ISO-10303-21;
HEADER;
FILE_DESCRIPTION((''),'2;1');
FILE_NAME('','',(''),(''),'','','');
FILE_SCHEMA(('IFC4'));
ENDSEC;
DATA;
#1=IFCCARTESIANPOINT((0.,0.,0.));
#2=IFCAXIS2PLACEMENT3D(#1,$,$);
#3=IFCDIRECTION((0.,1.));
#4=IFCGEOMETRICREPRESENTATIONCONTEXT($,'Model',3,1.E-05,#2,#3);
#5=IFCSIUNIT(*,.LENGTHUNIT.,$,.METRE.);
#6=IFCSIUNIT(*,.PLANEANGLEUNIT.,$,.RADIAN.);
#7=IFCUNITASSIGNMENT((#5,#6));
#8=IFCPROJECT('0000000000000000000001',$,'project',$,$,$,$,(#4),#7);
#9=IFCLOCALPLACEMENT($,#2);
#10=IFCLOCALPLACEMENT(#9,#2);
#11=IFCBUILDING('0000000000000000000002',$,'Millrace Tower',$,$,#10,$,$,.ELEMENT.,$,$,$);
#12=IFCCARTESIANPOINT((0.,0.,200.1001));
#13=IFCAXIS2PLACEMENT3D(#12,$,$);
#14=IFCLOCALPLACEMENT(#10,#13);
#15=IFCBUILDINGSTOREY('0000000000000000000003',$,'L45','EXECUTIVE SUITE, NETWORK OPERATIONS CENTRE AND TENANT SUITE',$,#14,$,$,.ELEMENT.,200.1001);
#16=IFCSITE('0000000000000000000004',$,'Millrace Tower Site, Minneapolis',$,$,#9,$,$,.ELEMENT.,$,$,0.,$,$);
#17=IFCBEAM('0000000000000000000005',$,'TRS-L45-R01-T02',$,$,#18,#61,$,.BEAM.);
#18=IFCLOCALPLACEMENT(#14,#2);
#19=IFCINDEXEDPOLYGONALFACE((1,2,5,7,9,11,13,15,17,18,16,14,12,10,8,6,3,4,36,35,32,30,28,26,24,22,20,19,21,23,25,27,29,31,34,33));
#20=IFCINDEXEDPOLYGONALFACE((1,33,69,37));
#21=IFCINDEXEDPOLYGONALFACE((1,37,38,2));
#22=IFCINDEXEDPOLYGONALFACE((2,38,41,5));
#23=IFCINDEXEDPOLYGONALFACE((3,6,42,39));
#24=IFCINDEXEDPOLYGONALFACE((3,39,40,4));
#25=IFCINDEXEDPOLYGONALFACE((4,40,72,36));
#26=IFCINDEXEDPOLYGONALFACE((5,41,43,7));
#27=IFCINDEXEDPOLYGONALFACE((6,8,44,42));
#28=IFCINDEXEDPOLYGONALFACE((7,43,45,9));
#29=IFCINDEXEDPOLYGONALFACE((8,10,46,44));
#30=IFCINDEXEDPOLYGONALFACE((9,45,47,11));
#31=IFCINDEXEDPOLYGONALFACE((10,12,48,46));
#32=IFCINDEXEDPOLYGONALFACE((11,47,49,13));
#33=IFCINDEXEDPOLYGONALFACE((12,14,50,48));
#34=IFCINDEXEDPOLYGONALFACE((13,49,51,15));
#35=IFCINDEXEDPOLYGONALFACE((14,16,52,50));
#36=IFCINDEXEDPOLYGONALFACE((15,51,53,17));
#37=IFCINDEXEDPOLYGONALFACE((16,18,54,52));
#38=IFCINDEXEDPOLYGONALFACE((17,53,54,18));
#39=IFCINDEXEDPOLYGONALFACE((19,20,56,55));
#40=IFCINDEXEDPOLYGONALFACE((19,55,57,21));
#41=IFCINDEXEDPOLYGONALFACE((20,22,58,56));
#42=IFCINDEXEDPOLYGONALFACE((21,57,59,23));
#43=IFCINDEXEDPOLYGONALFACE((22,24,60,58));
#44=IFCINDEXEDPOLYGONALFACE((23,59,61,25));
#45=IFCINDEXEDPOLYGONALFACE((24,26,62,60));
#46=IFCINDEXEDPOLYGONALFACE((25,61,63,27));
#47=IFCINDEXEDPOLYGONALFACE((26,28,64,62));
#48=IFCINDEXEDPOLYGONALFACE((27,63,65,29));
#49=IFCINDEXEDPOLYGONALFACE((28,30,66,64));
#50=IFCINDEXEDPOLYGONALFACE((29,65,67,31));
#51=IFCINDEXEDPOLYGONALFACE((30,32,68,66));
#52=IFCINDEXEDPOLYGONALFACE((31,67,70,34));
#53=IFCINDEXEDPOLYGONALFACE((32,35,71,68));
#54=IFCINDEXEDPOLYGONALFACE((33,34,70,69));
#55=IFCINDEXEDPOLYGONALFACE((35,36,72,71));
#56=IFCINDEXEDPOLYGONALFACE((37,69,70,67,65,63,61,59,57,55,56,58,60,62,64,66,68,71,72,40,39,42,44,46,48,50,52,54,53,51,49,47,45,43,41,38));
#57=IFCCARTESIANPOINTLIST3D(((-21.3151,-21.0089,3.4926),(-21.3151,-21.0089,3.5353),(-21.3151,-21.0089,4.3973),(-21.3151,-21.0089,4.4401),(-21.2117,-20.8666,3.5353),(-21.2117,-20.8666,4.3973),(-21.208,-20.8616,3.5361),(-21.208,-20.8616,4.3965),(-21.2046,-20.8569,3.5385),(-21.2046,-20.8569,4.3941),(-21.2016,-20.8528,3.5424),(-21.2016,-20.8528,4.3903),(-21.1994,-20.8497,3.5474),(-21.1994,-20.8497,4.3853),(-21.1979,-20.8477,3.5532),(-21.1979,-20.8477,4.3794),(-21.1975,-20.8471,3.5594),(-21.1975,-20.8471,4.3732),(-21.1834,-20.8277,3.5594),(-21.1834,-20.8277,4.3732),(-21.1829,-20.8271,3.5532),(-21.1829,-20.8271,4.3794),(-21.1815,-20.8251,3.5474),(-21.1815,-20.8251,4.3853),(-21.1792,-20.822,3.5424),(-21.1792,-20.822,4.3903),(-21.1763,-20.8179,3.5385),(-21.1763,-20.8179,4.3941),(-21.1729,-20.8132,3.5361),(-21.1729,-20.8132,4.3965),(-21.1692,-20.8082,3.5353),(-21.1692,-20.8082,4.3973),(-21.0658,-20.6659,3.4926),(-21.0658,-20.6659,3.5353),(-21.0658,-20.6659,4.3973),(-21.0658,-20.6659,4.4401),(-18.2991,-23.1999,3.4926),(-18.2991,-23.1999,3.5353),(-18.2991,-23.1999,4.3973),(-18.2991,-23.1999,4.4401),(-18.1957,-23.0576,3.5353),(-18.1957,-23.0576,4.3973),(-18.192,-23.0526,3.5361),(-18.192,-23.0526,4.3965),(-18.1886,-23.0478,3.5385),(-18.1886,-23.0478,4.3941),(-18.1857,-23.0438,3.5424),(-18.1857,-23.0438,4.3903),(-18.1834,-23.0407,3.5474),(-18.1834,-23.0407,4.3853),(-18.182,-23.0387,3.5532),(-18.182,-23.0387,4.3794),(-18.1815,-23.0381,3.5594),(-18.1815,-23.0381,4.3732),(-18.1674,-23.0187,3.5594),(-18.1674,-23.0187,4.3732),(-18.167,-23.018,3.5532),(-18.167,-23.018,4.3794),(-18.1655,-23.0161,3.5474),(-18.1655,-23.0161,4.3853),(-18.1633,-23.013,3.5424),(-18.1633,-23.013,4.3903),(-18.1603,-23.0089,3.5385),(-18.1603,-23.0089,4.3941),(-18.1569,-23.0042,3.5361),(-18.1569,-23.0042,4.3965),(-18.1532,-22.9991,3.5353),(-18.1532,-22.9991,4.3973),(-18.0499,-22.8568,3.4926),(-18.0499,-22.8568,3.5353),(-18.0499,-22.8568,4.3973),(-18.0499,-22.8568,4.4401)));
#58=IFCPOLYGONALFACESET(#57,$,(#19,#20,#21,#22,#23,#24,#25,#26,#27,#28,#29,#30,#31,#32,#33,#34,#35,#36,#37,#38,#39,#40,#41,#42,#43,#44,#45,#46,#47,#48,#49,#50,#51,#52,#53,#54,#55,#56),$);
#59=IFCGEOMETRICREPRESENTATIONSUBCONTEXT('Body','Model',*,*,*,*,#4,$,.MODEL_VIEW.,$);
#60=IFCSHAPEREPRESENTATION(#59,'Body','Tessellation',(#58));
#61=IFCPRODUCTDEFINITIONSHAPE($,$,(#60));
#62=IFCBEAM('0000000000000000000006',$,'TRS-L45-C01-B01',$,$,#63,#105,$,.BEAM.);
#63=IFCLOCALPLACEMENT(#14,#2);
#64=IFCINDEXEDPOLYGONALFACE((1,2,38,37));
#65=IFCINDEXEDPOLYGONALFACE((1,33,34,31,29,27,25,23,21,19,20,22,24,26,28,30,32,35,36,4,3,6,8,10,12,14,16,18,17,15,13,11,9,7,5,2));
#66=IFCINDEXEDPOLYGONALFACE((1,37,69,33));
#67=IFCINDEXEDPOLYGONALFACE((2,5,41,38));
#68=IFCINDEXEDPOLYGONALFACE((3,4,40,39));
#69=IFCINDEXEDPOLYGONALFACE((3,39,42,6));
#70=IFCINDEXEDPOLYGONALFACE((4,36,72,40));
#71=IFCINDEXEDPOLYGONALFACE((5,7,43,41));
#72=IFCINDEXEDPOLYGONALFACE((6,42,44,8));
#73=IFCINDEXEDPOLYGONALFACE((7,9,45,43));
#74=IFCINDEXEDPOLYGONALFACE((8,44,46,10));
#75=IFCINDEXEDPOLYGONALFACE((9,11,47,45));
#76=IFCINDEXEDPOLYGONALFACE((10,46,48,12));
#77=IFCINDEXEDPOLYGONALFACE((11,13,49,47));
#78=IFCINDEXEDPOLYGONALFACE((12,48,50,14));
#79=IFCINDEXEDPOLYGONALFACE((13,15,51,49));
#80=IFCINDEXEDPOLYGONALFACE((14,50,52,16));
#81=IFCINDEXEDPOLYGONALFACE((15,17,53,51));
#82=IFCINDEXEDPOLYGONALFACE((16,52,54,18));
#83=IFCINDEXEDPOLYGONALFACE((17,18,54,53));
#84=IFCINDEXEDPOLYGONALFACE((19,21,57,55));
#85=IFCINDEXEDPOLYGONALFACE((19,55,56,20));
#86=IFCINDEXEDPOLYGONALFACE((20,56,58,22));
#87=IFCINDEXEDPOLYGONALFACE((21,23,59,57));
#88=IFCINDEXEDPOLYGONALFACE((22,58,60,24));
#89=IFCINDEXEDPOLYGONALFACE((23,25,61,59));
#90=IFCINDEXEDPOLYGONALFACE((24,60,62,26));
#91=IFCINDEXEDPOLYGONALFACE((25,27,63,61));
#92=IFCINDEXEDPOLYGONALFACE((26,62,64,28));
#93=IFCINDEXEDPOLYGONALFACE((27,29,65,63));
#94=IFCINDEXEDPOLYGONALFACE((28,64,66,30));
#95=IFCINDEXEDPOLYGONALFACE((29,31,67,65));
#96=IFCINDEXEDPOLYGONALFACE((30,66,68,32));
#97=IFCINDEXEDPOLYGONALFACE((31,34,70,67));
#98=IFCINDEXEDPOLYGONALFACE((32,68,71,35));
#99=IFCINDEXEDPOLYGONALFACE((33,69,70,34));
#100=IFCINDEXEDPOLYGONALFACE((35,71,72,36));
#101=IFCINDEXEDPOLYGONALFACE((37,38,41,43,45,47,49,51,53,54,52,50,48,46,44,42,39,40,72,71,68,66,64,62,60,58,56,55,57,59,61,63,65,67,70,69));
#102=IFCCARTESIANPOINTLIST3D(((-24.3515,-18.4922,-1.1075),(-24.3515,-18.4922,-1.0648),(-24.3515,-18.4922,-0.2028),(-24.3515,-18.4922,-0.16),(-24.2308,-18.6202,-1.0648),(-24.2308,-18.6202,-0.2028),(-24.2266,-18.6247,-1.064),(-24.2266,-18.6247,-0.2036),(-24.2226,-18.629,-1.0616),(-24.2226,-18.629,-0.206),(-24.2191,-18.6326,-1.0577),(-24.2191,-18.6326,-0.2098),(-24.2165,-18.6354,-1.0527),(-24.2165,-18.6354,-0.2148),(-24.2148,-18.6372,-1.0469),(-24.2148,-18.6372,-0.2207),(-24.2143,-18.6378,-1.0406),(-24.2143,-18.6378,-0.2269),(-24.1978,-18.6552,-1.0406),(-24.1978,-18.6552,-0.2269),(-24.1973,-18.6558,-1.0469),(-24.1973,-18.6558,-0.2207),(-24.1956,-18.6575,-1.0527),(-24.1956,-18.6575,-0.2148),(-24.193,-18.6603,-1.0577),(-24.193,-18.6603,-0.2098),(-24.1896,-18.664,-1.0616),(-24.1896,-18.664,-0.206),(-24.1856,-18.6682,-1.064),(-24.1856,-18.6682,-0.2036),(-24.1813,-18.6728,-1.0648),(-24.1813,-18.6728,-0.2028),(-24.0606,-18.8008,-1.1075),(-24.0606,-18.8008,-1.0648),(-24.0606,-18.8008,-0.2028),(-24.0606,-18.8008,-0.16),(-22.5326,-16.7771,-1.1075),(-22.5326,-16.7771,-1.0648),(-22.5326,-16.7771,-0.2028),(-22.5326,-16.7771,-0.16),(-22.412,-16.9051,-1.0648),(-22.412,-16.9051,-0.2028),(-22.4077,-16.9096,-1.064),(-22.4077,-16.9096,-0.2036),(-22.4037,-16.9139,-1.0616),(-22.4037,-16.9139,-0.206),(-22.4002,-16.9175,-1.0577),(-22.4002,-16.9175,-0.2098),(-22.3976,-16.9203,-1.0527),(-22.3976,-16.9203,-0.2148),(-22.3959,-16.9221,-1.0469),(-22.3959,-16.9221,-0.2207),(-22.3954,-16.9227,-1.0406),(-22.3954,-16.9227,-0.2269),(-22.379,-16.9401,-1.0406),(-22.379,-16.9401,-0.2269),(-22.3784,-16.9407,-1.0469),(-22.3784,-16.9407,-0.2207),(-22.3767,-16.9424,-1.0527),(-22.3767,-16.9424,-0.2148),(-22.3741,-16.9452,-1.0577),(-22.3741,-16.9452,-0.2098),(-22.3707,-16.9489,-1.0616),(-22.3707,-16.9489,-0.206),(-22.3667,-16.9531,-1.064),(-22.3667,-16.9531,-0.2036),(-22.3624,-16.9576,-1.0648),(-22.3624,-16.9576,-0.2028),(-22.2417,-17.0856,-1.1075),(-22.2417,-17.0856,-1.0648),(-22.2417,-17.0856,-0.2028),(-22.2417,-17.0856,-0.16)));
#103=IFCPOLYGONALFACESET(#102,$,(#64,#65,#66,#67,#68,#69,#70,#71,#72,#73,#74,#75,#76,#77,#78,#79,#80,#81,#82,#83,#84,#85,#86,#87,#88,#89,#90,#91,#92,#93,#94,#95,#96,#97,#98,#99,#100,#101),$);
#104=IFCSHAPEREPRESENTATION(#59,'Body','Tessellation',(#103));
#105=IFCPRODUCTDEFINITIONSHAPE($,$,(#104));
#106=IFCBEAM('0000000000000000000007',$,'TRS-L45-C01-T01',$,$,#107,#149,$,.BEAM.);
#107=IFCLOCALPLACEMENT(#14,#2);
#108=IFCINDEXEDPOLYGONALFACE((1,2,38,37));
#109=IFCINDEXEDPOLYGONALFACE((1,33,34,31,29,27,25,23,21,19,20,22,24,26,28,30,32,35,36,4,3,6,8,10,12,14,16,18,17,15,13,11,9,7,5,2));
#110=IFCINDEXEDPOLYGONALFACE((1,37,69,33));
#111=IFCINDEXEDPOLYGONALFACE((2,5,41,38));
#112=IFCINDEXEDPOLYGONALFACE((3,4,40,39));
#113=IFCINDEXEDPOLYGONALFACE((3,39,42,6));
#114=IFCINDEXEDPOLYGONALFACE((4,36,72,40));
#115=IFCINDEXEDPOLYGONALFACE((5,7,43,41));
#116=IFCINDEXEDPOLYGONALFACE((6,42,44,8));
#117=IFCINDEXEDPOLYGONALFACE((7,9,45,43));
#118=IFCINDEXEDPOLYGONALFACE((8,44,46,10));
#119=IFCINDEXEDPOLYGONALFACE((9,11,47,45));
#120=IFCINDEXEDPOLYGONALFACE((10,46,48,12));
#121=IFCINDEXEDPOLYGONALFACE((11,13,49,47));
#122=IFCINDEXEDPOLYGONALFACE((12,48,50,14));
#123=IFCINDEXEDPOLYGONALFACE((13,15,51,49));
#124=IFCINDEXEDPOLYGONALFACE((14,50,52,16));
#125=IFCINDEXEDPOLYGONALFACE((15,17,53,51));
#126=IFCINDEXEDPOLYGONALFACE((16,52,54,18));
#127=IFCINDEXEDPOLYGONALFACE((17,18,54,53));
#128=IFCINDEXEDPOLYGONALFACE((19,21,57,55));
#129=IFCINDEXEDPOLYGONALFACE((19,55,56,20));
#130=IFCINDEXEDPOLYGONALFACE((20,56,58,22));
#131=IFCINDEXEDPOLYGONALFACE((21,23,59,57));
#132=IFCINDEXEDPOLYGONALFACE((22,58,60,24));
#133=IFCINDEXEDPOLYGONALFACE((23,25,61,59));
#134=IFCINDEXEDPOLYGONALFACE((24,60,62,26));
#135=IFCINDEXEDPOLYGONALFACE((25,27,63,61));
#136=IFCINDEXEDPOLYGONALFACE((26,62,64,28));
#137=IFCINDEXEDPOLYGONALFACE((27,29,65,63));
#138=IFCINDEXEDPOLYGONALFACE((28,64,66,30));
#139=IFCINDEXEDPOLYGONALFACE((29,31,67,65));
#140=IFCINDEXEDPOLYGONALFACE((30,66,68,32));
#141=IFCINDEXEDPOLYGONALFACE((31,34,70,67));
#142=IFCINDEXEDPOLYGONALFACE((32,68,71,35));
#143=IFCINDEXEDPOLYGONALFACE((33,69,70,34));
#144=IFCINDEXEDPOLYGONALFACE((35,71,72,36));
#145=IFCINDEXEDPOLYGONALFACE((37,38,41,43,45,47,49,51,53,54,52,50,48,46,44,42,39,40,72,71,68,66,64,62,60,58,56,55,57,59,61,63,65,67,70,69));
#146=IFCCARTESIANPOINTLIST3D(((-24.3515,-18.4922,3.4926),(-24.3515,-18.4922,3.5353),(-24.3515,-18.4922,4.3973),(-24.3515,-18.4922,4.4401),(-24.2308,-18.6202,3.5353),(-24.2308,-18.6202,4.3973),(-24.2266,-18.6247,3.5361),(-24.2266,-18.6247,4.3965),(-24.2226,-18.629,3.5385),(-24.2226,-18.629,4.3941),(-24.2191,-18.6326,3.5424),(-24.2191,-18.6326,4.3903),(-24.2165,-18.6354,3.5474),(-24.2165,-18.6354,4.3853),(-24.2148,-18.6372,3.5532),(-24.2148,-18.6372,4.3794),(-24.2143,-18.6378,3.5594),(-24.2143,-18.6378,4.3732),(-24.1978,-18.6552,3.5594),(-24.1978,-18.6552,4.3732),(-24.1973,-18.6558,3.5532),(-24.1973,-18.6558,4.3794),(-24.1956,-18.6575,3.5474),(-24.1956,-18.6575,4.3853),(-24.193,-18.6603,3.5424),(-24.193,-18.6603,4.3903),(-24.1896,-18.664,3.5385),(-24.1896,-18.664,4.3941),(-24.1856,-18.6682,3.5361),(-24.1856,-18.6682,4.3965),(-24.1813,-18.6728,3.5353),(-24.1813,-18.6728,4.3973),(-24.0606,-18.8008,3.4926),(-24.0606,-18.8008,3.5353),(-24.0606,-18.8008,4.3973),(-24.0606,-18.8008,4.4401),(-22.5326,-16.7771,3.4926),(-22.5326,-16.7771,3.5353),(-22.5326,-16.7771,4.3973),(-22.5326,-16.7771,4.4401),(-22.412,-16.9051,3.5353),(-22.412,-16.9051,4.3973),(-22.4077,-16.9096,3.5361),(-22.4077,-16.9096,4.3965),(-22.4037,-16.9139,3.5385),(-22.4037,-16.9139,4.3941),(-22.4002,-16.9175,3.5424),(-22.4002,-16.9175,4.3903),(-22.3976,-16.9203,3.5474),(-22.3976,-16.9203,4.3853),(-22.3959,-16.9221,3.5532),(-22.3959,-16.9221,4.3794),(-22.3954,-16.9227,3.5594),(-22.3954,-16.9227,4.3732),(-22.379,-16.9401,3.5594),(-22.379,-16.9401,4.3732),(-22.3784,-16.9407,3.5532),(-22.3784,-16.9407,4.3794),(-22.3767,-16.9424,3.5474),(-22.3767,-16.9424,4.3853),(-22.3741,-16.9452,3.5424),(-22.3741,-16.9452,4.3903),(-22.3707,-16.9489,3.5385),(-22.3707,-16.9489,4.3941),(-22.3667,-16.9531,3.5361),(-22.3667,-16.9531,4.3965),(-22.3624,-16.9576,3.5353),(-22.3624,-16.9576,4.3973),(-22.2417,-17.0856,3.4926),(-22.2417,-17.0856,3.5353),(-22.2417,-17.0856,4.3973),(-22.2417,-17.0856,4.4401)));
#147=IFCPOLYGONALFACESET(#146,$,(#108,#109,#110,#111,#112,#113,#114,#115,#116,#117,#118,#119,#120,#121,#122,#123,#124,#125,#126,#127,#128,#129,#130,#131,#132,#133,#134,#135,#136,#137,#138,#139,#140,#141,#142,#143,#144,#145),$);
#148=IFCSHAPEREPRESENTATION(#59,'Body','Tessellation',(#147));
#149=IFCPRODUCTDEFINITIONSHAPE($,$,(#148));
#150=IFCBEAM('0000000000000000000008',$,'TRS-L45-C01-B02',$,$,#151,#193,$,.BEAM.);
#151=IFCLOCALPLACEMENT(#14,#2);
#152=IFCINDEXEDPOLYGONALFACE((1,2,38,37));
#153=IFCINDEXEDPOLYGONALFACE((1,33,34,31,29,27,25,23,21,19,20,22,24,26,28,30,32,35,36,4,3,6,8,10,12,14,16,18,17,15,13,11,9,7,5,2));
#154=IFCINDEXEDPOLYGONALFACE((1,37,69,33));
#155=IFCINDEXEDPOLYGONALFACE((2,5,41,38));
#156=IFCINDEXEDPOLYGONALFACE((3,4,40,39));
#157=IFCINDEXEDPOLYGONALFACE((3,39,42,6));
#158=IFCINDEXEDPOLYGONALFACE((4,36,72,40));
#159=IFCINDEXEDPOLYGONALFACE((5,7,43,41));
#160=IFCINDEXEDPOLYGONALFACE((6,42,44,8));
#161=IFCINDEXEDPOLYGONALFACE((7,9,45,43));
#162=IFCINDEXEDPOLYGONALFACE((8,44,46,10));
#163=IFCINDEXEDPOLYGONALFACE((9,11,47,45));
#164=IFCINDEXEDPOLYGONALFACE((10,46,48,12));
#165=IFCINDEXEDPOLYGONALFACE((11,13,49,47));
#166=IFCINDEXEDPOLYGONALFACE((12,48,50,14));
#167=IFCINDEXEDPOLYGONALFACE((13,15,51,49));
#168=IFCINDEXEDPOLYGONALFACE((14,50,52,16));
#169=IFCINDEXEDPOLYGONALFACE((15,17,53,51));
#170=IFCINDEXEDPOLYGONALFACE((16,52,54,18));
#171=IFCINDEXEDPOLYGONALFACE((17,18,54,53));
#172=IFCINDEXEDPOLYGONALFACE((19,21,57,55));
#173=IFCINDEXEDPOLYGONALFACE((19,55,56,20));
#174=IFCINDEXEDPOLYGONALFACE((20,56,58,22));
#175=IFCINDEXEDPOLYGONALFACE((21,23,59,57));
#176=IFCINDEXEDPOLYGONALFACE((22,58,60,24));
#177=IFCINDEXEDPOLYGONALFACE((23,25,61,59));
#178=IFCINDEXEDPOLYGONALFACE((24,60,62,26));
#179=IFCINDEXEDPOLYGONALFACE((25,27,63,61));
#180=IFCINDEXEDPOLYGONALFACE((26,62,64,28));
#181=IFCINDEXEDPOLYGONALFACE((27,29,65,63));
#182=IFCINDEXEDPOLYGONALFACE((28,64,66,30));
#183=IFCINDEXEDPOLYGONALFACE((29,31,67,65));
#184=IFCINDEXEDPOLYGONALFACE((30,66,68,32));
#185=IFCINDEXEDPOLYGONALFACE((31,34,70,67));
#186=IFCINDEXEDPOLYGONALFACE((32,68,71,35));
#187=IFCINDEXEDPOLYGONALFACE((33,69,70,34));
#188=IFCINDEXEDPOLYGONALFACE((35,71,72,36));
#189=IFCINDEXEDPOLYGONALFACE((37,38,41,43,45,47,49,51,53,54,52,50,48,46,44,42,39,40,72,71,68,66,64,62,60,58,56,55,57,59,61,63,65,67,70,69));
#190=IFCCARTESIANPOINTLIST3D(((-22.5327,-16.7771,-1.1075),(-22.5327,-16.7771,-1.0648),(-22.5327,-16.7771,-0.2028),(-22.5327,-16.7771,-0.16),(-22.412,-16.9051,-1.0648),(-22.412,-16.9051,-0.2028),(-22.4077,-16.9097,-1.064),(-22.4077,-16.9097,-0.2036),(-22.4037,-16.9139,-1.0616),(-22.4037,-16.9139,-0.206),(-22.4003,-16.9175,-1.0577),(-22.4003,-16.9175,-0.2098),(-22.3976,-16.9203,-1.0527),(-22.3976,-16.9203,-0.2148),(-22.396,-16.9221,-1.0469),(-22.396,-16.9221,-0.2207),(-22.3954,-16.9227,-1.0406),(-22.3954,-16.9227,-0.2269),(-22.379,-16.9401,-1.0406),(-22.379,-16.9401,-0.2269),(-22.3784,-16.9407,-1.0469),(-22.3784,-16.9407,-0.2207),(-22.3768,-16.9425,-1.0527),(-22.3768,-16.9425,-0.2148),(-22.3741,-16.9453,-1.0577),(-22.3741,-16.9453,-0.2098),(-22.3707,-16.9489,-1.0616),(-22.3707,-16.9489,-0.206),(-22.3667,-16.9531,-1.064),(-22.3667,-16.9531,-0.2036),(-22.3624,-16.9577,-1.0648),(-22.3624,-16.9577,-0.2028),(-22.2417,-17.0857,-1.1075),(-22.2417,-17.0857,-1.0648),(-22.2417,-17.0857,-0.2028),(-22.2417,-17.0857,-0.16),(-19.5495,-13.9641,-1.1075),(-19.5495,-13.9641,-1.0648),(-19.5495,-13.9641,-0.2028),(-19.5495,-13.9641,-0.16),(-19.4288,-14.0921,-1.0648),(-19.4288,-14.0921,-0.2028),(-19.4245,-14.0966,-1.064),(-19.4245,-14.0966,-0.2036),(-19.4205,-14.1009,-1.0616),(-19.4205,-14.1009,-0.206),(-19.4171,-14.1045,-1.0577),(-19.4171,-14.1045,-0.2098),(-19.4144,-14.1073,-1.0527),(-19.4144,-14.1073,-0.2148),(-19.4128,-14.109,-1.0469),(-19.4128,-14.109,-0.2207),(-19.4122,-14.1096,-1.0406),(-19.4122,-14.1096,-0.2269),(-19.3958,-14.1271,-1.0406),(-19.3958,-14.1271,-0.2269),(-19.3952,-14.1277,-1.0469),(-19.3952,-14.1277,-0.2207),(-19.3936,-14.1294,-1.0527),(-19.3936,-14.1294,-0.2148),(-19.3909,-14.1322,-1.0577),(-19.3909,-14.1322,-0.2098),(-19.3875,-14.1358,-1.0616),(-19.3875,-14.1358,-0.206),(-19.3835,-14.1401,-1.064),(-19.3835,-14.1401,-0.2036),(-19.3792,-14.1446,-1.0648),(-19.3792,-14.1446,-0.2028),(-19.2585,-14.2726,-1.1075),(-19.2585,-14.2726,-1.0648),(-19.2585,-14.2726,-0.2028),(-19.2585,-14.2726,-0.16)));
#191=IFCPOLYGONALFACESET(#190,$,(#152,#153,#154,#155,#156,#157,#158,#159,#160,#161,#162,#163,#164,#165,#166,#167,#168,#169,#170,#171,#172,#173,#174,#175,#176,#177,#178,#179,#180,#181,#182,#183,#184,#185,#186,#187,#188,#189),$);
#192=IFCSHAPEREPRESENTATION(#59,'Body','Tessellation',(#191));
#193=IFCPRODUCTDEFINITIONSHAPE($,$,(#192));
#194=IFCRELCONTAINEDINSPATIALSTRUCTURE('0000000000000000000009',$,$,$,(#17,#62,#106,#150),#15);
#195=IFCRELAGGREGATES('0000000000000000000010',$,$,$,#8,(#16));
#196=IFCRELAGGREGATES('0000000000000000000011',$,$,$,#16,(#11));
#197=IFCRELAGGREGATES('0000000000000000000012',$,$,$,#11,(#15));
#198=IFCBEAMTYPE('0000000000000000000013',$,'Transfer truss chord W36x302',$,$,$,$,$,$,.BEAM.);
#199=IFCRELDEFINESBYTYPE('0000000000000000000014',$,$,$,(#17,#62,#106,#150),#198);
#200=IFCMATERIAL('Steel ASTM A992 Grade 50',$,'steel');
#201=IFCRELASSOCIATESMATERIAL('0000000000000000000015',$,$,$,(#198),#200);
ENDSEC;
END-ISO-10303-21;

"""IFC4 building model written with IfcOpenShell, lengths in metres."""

from ifc_helpers import new_model, si_unit, direction, frame, origin, origin_2d, place, context, subcontext, project, spatial, i_section, extrude, material, material_profile, profile_set, type_object, element, save


model = new_model("IFC4")

# Units and contexts
model_context = context("Model", 3, precision=1e-05, world=origin(), true_north=direction((0.0, 1.0)))
body_context = subcontext(model_context, "Body", "Model", "MODEL_VIEW")
ifc_project = project(units=[si_unit("LENGTHUNIT", "METRE"), si_unit("PLANEANGLEUNIT", "RADIAN")], contexts=[model_context])

# Site, building, storey
site_placement = place(None, origin())
site = spatial("IfcSite", under=ifc_project, at=site_placement, Name="Millrace Tower Site, Minneapolis", CompositionType="ELEMENT", RefElevation=0.0)
building_placement = place(site_placement, origin())
building = spatial("IfcBuilding", under=site, at=building_placement, Name="Millrace Tower", CompositionType="ELEMENT")
storey_placement = place(building_placement, frame((0.0, 0.0, 200.1001)))
storey = spatial("IfcBuildingStorey", under=building, at=storey_placement, Name="L45", Description="EXECUTIVE SUITE, NETWORK OPERATIONS CENTRE AND TENANT SUITE", CompositionType="ELEMENT", Elevation=200.1001)

# Beams
ifc_material_1 = material(Name="Steel ASTM A992 Grade 50", Category="steel")
ifc_material_profile_1 = material_profile(ifc_material_1, i_section(OverallWidth=0.4241, OverallDepth=0.9475, WebThickness=0.0239, FlangeThickness=0.0427, FilletRadius=0.0242, at=origin_2d()))
ifc_profile_set_1 = profile_set([ifc_material_profile_1], Name="Steel ASTM A992 Grade 50")
beam_type_1 = type_object("IfcBeamType", Name="Transfer truss chord W36x302", PredefinedType="BEAM", material=ifc_profile_set_1)
for number, where, z_axis, x_axis, name in (
    (1, (-21.1904, -20.8374, 3.9663), (0.809048, -0.587743, 0.0), (0.587743, 0.809048, 0.0), "TRS-L45-R01-T02"),
):
    element("IfcBeam", number, at=place(storey_placement, frame(where, z_axis=z_axis, x_axis=x_axis)), inside=storey, type_object=beam_type_1, Name=name, PredefinedType="BEAM", context=body_context, shape_type="SweptSolid", body=[
        extrude(i_section(OverallWidth=0.4241, OverallDepth=0.9475, WebThickness=0.0239, FlangeThickness=0.0427, FilletRadius=0.0242, at=origin_2d()), origin(), (0.0, 0.0, 1.0), 3.7278),
    ])
for number, where, z_axis, x_axis, name in (
    (2, (-24.2061, -18.6465, -0.6338), (0.727555, 0.68605, 0.0), (-0.68605, 0.727555, 0.0), "TRS-L45-C01-B01"),
    (3, (-24.2061, -18.6465, 3.9663), (0.727555, 0.68605, 0.0), (-0.68605, 0.727555, 0.0), "TRS-L45-C01-T01"),
):
    element("IfcBeam", number, at=place(storey_placement, frame(where, z_axis=z_axis, x_axis=x_axis)), inside=storey, type_object=beam_type_1, Name=name, PredefinedType="BEAM", context=body_context, shape_type="SweptSolid", body=[
        extrude(i_section(OverallWidth=0.4241, OverallDepth=0.9475, WebThickness=0.0239, FlangeThickness=0.0427, FilletRadius=0.0242, at=origin_2d()), origin(), (0.0, 0.0, 1.0), 2.5),
    ])
for number, where, z_axis, x_axis, name in (
    (4, (-22.3872, -16.9314, -0.6338), (0.727553, 0.686052, 0.0), (-0.686052, 0.727553, 0.0), "TRS-L45-C01-B02"),
):
    element("IfcBeam", number, at=place(storey_placement, frame(where, z_axis=z_axis, x_axis=x_axis)), inside=storey, type_object=beam_type_1, Name=name, PredefinedType="BEAM", context=body_context, shape_type="SweptSolid", body=[
        extrude(i_section(OverallWidth=0.4241, OverallDepth=0.9475, WebThickness=0.0239, FlangeThickness=0.0427, FilletRadius=0.0242, at=origin_2d()), origin(), (0.0, 0.0, 1.0), 4.1003),
    ])

save(model, "model.ifc")
